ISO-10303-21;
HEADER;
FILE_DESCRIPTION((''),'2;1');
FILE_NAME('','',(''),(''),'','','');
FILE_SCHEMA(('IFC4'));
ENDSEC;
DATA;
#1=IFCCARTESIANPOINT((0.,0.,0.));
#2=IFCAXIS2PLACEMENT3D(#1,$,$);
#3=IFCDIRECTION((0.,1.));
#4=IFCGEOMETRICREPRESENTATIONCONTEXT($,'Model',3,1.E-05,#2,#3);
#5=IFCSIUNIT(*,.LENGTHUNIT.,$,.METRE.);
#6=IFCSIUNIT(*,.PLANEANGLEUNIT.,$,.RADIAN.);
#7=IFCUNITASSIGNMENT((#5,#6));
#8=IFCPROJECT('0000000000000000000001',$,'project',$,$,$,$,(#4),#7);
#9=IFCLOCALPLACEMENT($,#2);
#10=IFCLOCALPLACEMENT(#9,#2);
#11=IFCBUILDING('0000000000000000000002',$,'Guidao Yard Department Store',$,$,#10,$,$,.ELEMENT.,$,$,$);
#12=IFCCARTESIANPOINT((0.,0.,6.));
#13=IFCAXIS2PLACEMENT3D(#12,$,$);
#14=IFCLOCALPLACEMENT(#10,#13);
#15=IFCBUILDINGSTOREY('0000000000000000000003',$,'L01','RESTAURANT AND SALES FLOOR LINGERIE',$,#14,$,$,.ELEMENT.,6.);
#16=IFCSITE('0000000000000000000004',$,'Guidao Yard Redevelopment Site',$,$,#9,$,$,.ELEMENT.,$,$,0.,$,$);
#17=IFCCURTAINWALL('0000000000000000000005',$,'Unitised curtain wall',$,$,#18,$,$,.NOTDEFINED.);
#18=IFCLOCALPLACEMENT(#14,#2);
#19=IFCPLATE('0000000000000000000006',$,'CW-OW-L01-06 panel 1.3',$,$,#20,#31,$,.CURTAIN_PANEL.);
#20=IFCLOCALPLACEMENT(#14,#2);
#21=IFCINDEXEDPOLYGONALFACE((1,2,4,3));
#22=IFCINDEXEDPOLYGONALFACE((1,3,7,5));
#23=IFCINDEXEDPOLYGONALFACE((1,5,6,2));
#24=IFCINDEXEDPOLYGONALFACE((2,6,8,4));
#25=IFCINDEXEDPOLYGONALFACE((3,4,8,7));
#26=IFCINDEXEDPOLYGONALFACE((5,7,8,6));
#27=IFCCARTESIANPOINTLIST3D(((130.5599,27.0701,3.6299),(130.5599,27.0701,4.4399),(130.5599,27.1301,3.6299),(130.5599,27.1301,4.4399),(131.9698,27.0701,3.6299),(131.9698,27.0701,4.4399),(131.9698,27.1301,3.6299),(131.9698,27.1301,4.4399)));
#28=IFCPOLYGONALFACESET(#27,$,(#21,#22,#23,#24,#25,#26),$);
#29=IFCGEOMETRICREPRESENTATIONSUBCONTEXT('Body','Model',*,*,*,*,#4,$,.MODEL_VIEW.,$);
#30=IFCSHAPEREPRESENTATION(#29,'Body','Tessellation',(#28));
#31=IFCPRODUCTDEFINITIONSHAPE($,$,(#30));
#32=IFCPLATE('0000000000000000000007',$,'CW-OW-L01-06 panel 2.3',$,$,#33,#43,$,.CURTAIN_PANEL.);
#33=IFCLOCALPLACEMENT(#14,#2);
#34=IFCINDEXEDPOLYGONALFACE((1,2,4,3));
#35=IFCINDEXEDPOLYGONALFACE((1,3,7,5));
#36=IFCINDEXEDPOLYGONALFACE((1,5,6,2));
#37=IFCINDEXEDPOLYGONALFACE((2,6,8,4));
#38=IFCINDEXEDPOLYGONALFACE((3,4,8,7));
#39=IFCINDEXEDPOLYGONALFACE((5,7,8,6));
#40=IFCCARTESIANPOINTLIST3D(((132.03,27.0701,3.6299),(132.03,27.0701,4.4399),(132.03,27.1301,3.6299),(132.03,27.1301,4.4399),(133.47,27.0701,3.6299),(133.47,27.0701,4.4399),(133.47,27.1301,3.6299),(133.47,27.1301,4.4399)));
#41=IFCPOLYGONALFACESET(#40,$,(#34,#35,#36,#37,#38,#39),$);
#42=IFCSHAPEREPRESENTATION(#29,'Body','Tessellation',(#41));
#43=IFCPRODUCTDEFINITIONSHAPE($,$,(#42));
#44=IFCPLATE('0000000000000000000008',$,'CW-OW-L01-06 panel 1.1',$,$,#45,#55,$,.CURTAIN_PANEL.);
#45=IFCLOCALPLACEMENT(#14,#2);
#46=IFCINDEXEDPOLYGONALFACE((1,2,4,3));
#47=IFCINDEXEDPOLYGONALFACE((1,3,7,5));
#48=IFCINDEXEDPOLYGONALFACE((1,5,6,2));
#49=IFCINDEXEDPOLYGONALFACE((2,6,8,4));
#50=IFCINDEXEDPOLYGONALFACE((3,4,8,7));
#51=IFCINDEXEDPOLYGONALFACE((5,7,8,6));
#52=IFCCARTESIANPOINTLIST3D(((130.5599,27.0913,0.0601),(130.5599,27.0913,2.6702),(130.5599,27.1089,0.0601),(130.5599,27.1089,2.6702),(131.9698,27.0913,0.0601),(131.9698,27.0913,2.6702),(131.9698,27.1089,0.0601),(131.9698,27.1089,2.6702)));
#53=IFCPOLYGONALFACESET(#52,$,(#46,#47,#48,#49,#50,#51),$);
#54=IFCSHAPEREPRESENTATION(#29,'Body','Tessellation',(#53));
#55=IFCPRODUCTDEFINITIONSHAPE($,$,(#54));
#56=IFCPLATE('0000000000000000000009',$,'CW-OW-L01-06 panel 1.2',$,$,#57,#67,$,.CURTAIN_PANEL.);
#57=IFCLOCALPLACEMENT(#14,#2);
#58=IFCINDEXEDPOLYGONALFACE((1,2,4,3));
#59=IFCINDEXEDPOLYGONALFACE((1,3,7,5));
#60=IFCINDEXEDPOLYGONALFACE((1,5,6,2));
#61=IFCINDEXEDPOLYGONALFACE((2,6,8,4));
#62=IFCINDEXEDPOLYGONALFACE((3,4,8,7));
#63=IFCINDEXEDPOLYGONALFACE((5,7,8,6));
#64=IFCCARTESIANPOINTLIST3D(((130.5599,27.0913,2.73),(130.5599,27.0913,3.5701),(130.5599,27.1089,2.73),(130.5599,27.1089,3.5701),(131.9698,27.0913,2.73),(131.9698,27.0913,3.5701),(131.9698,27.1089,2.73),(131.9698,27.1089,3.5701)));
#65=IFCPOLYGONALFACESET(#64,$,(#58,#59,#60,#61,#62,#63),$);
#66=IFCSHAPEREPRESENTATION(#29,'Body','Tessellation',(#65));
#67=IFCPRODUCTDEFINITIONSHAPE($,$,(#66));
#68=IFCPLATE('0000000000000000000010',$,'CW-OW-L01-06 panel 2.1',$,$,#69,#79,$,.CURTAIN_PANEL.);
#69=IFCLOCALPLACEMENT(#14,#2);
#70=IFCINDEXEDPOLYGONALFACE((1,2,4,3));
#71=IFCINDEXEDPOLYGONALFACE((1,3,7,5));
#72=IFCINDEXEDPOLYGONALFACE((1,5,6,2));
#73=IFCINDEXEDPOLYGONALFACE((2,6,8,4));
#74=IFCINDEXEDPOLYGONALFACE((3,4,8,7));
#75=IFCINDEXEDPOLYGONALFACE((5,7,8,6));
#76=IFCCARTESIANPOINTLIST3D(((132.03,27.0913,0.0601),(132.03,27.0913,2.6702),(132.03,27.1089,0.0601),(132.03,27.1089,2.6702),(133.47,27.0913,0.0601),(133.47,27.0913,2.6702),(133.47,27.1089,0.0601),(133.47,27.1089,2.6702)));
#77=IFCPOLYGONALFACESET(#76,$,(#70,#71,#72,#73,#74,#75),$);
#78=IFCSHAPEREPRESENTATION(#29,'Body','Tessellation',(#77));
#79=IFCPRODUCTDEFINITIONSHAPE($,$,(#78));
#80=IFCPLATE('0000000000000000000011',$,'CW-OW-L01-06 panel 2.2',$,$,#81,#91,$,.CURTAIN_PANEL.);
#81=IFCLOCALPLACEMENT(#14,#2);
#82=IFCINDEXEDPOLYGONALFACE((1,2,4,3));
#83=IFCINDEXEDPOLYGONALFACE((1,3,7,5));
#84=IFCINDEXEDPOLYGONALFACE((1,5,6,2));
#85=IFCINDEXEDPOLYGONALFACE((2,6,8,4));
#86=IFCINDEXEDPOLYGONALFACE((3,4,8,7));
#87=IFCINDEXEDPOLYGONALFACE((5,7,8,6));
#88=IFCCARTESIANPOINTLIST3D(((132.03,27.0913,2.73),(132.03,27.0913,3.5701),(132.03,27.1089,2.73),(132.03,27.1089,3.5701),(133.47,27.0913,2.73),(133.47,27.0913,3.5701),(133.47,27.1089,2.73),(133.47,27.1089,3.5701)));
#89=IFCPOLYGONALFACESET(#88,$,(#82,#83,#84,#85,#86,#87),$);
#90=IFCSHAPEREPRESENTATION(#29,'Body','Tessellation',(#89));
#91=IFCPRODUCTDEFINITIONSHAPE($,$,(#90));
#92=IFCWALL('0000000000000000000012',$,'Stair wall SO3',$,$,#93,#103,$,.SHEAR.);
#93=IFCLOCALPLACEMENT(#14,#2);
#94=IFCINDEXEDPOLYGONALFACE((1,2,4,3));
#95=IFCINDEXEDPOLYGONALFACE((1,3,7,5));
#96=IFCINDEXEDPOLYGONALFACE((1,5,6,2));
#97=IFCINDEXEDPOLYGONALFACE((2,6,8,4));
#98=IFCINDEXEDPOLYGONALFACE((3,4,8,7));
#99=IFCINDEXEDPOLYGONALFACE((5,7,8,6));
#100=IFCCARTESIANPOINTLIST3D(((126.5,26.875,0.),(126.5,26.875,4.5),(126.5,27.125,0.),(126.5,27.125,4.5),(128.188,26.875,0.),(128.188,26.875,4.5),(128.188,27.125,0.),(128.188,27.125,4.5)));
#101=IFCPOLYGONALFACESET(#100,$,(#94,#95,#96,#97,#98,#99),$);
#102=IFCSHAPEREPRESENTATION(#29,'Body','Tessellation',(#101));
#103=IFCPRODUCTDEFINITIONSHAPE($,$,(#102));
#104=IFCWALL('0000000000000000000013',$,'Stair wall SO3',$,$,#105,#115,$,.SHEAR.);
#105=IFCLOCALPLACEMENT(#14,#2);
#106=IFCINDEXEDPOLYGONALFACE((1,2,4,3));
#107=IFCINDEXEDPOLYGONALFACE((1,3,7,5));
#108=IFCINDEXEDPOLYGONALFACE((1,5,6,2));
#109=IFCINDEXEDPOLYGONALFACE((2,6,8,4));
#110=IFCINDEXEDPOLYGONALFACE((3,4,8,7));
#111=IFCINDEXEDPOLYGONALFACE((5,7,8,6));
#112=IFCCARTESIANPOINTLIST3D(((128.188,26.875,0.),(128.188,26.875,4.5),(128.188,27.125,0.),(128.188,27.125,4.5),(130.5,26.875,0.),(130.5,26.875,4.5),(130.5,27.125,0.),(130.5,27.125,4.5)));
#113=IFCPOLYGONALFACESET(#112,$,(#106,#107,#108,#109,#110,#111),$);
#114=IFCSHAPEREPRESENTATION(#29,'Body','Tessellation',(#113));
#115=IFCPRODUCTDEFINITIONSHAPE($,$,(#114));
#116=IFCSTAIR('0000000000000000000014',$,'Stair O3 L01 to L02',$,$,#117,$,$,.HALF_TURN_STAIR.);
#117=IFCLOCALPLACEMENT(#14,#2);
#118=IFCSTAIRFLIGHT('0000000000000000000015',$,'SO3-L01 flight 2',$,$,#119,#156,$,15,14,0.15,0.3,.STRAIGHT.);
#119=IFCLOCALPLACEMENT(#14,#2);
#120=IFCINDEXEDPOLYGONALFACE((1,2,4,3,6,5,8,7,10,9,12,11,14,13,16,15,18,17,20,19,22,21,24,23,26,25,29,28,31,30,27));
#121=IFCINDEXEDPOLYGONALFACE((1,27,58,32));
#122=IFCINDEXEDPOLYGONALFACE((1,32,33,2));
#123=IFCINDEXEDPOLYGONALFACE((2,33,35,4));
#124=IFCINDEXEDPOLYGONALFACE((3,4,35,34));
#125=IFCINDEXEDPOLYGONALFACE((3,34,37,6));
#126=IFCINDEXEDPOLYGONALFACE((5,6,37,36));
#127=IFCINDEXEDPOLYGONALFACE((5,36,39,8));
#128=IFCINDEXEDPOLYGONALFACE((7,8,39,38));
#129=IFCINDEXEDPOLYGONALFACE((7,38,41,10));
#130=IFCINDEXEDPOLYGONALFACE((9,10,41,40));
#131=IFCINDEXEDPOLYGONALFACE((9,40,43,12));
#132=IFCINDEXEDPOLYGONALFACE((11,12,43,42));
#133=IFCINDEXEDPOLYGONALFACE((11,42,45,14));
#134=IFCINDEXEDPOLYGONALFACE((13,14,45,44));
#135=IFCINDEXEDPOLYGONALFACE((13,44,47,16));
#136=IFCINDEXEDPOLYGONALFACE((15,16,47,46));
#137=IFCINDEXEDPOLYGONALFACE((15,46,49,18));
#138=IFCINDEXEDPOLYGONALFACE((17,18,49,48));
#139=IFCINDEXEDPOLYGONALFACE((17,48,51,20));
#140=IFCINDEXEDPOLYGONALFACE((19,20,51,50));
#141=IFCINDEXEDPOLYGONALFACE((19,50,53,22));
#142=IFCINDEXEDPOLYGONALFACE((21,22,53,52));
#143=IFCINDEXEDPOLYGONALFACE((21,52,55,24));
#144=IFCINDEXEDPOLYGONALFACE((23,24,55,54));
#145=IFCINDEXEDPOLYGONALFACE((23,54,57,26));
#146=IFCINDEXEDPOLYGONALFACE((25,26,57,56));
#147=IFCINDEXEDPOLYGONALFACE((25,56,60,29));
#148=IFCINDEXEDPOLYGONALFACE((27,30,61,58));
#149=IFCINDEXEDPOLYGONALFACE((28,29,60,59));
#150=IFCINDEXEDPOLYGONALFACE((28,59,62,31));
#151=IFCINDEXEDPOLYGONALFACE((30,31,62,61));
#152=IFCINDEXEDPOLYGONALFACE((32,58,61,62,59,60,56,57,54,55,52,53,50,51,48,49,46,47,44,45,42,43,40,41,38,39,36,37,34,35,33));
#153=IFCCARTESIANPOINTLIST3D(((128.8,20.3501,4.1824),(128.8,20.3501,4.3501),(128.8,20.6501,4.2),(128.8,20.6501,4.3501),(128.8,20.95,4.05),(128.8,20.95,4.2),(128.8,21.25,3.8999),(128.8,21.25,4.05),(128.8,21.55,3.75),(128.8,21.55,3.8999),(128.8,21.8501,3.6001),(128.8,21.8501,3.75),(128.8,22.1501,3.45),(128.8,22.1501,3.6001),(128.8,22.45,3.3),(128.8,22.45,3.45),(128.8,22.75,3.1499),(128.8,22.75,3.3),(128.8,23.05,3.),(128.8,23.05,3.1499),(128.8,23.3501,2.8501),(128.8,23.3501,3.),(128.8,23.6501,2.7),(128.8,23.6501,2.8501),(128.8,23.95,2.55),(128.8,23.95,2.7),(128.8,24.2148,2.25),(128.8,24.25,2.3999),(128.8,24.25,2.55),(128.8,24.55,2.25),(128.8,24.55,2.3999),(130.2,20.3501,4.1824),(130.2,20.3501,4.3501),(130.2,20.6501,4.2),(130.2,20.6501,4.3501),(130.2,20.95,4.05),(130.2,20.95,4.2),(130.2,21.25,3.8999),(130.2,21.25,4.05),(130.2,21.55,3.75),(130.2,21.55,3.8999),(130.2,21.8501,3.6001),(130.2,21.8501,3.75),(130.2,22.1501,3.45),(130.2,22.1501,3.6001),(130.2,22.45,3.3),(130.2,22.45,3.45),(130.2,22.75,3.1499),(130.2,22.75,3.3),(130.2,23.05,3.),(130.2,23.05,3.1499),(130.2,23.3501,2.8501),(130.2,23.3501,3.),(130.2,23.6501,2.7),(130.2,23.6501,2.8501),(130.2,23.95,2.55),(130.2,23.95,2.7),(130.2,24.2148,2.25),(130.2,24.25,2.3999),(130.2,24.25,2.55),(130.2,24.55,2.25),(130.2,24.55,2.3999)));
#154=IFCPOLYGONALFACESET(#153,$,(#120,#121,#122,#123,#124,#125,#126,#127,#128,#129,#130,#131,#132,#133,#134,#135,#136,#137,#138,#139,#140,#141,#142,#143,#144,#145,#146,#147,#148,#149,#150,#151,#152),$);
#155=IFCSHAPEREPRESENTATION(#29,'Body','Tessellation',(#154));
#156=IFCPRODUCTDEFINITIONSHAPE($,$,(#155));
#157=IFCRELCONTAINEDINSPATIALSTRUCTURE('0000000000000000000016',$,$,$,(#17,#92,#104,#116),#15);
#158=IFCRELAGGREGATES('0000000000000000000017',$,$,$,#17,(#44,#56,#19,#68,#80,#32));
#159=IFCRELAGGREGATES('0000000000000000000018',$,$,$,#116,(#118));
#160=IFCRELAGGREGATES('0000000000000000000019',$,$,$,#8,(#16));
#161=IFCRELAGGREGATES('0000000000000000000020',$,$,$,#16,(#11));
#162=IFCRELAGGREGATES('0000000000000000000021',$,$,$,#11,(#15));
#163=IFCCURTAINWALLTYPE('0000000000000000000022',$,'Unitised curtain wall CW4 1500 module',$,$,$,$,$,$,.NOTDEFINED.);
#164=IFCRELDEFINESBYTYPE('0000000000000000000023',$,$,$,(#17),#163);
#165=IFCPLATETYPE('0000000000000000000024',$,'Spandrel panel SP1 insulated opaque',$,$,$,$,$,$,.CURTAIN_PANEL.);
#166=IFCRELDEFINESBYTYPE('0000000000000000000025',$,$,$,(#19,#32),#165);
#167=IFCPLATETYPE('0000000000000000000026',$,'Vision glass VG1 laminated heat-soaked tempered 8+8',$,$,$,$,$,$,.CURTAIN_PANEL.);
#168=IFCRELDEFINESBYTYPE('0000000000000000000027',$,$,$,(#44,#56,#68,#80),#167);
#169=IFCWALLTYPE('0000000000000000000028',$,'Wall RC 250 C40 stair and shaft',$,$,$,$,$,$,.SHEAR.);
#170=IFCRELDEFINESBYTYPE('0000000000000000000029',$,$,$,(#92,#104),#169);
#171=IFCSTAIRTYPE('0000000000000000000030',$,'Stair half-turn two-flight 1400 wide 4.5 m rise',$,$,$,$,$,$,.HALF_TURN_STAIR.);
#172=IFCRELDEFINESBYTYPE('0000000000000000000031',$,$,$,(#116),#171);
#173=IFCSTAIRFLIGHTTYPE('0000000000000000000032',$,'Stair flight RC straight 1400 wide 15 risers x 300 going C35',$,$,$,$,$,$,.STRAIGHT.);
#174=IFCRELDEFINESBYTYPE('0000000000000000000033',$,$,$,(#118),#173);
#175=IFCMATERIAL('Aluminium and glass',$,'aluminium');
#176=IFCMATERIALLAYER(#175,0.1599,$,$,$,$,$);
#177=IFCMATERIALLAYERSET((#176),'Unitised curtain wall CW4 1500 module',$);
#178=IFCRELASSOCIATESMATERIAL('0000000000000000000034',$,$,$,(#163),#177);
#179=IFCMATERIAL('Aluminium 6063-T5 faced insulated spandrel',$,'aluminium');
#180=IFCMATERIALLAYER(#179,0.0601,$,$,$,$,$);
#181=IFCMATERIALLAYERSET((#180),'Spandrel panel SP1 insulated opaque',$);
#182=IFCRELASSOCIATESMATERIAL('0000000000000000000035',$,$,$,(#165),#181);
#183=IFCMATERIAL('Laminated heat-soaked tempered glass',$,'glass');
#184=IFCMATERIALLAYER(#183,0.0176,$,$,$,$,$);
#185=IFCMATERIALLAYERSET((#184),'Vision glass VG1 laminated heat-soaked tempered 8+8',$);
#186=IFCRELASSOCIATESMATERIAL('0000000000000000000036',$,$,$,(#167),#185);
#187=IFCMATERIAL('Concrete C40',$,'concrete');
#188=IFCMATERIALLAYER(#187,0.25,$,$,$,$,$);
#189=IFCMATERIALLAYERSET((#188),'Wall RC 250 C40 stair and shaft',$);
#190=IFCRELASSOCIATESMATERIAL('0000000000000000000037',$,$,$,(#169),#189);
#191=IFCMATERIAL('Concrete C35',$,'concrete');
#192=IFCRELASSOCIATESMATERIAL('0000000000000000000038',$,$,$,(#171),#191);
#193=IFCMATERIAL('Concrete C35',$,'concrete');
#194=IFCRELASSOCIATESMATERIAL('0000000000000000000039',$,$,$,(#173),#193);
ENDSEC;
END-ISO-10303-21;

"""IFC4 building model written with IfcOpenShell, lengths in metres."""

from ifc_helpers import new_model, si_unit, direction, frame, frame_2d, origin, origin_2d, place, context, subcontext, project, spatial, polyline, rectangle, outline, extrude, material, layer, layer_set, type_object, element, aggregate, save


model = new_model("IFC4")

# Units and contexts
model_context = context("Model", 3, precision=1e-05, world=origin(), true_north=direction((0.0, 1.0)))
body_context = subcontext(model_context, "Body", "Model", "MODEL_VIEW")
ifc_project = project(units=[si_unit("LENGTHUNIT", "METRE"), si_unit("PLANEANGLEUNIT", "RADIAN")], contexts=[model_context])

# Site, building, storey
site_placement = place(None, origin())
site = spatial("IfcSite", under=ifc_project, at=site_placement, Name="Guidao Yard Redevelopment Site", CompositionType="ELEMENT", RefElevation=0.0)
building_placement = place(site_placement, origin())
building = spatial("IfcBuilding", under=site, at=building_placement, Name="Guidao Yard Department Store", CompositionType="ELEMENT")
storey_placement = place(building_placement, frame((0.0, 0.0, 6.0)))
storey = spatial("IfcBuildingStorey", under=building, at=storey_placement, Name="L01", Description="RESTAURANT AND SALES FLOOR LINGERIE", CompositionType="ELEMENT", Elevation=6.0)

# Curtain wall, plates
ifc_material_1 = material(Name="Aluminium and glass", Category="aluminium")
ifc_layer_1 = layer(ifc_material_1, 0.1599)
ifc_layer_set_1 = layer_set([ifc_layer_1], Name="Unitised curtain wall CW4 1500 module")
curtain_wall_type = type_object("IfcCurtainWallType", Name="Unitised curtain wall CW4 1500 module", PredefinedType="NOTDEFINED", material=ifc_layer_set_1)
curtain_wall_placement = place(storey_placement, origin())
curtain_wall = element("IfcCurtainWall", 1, at=curtain_wall_placement, inside=storey, type_object=curtain_wall_type, Name="Unitised curtain wall", PredefinedType="NOTDEFINED")
ifc_material_2 = material(Name="Aluminium 6063-T5 faced insulated spandrel", Category="aluminium")
ifc_layer_2 = layer(ifc_material_2, 0.0601)
ifc_layer_set_2 = layer_set([ifc_layer_2], Name="Spandrel panel SP1 insulated opaque")
plate_type_1 = type_object("IfcPlateType", Name="Spandrel panel SP1 insulated opaque", PredefinedType="CURTAIN_PANEL", material=ifc_layer_set_2)
plate_1_placement = place(storey_placement, frame((131.2649, 27.1001, 3.6299), z_axis=(0.0, 0.0, 1.0), x_axis=(1.0, 0.0, 0.0)))
plate_1 = element("IfcPlate", 2, at=plate_1_placement, type_object=plate_type_1, Name="CW-OW-L01-06 panel 1.3", PredefinedType="CURTAIN_PANEL", context=body_context, shape_type="SweptSolid", body=[
    extrude(rectangle(XDim=1.4099, YDim=0.0601, at=origin_2d()), origin(), (0.0, 0.0, 1.0), 0.8101),
])
plate_2_placement = place(storey_placement, frame((132.75, 27.1001, 3.6299), z_axis=(0.0, 0.0, 1.0), x_axis=(1.0, 0.0, 0.0)))
plate_2 = element("IfcPlate", 3, at=plate_2_placement, type_object=plate_type_1, Name="CW-OW-L01-06 panel 2.3", PredefinedType="CURTAIN_PANEL", context=body_context, shape_type="SweptSolid", body=[
    extrude(rectangle(XDim=1.4399, YDim=0.0601, at=origin_2d()), origin(), (0.0, 0.0, 1.0), 0.8101),
])
ifc_material_3 = material(Name="Laminated heat-soaked tempered glass", Category="glass")
ifc_layer_3 = layer(ifc_material_3, 0.0176)
ifc_layer_set_3 = layer_set([ifc_layer_3], Name="Vision glass VG1 laminated heat-soaked tempered 8+8")
plate_type_2 = type_object("IfcPlateType", Name="Vision glass VG1 laminated heat-soaked tempered 8+8", PredefinedType="CURTAIN_PANEL", material=ifc_layer_set_3)
plate_3_placement = place(storey_placement, frame((131.2649, 27.1001, 0.0601), z_axis=(0.0, 0.0, 1.0), x_axis=(1.0, 0.0, 0.0)))
plate_3 = element("IfcPlate", 4, at=plate_3_placement, type_object=plate_type_2, Name="CW-OW-L01-06 panel 1.1", PredefinedType="CURTAIN_PANEL", context=body_context, shape_type="SweptSolid", body=[
    extrude(rectangle(XDim=1.4099, YDim=0.0176, at=origin_2d()), origin(), (0.0, 0.0, 1.0), 2.6101),
])
plate_4_placement = place(storey_placement, frame((131.2649, 27.1001, 2.73), z_axis=(0.0, 0.0, 1.0), x_axis=(1.0, 0.0, 0.0)))
plate_4 = element("IfcPlate", 5, at=plate_4_placement, type_object=plate_type_2, Name="CW-OW-L01-06 panel 1.2", PredefinedType="CURTAIN_PANEL", context=body_context, shape_type="SweptSolid", body=[
    extrude(rectangle(XDim=1.4099, YDim=0.0176, at=origin_2d()), origin(), (0.0, 0.0, 1.0), 0.8401),
])
plate_5_placement = place(storey_placement, frame((132.75, 27.1001, 0.0601), z_axis=(0.0, 0.0, 1.0), x_axis=(1.0, 0.0, 0.0)))
plate_5 = element("IfcPlate", 6, at=plate_5_placement, type_object=plate_type_2, Name="CW-OW-L01-06 panel 2.1", PredefinedType="CURTAIN_PANEL", context=body_context, shape_type="SweptSolid", body=[
    extrude(rectangle(XDim=1.4399, YDim=0.0176, at=origin_2d()), origin(), (0.0, 0.0, 1.0), 2.6101),
])
plate_6_placement = place(storey_placement, frame((132.75, 27.1001, 2.73), z_axis=(0.0, 0.0, 1.0), x_axis=(1.0, 0.0, 0.0)))
plate_6 = element("IfcPlate", 7, at=plate_6_placement, type_object=plate_type_2, Name="CW-OW-L01-06 panel 2.2", PredefinedType="CURTAIN_PANEL", context=body_context, shape_type="SweptSolid", body=[
    extrude(rectangle(XDim=1.4399, YDim=0.0176, at=origin_2d()), origin(), (0.0, 0.0, 1.0), 0.8401),
])
aggregate(curtain_wall, [plate_3, plate_4, plate_1, plate_5, plate_6, plate_2])

# Walls
ifc_material_4 = material(Name="Concrete C40", Category="concrete")
ifc_layer_4 = layer(ifc_material_4, 0.25)
ifc_layer_set_4 = layer_set([ifc_layer_4], Name="Wall RC 250 C40 stair and shaft")
wall_type = type_object("IfcWallType", Name="Wall RC 250 C40 stair and shaft", PredefinedType="SHEAR", material=ifc_layer_set_4)
wall_1_placement = place(storey_placement, frame((126.5, 27.0, 0.0), z_axis=(0.0, 0.0, 1.0), x_axis=(1.0, 0.0, 0.0)))
element("IfcWall", 8, at=wall_1_placement, inside=storey, type_object=wall_type, Name="Stair wall SO3", PredefinedType="SHEAR", context=body_context, shape_type="SweptSolid", body=[
    extrude(rectangle(XDim=1.688, YDim=0.25, at=frame_2d((0.844, 0.0))), origin(), (0.0, 0.0, 1.0), 4.5),
])
wall_2_placement = place(storey_placement, frame((128.188, 27.0, 0.0), z_axis=(0.0, 0.0, 1.0), x_axis=(1.0, 0.0, 0.0)))
element("IfcWall", 9, at=wall_2_placement, inside=storey, type_object=wall_type, Name="Stair wall SO3", PredefinedType="SHEAR", context=body_context, shape_type="SweptSolid", body=[
    extrude(rectangle(XDim=2.312, YDim=0.25, at=frame_2d((1.156, 0.0))), origin(), (0.0, 0.0, 1.0), 4.5),
])

# Stair, stair flight
ifc_material_5 = material(Name="Concrete C35", Category="concrete")
stair_type = type_object("IfcStairType", Name="Stair half-turn two-flight 1400 wide 4.5 m rise", PredefinedType="HALF_TURN_STAIR", material=ifc_material_5)
stair_placement = place(storey_placement, origin())
stair = element("IfcStair", 10, at=stair_placement, inside=storey, type_object=stair_type, Name="Stair O3 L01 to L02", PredefinedType="HALF_TURN_STAIR")
ifc_material_6 = material(Name="Concrete C35", Category="concrete")
stair_flight_type = type_object("IfcStairFlightType", Name="Stair flight RC straight 1400 wide 15 risers x 300 going C35", PredefinedType="STRAIGHT", material=ifc_material_6)
stair_flight_placement = place(storey_placement, frame((129.5, 24.55, 2.25), z_axis=(0.0, 0.0, 1.0), x_axis=(0.0, -1.0, 0.0)))
stair_flight = element("IfcStairFlight", 11, at=stair_flight_placement, type_object=stair_flight_type, Name="SO3-L01 flight 2", NumberOfRisers=15, NumberOfTreads=14, PredefinedType="STRAIGHT", RiserHeight=0.15, TreadLength=0.3, context=body_context, shape_type="SweptSolid", body=[
    extrude(outline(polyline([(0.0, 0.0), (0.0, 0.1499), (0.3, 0.1499), (0.3, 0.3), (0.6001, 0.3), (0.6001, 0.45), (0.8999, 0.45), (0.8999, 0.6001), (1.2, 0.6001), (1.2, 0.75), (1.5, 0.75), (1.5, 0.8999), (1.8, 0.8999), (1.8, 1.05), (2.1001, 1.05), (2.1001, 1.2), (2.3999, 1.2), (2.3999, 1.3501), (2.7, 1.3501), (2.7, 1.5), (3.0, 1.5), (3.0, 1.6499), (3.3, 1.6499), (3.3, 1.8), (3.6001, 1.8), (3.6001, 1.95), (3.8999, 1.95), (3.8999, 2.1001), (4.2, 2.1001), (4.2, 2.25), (4.2, 1.9324), (0.3352, 0.0), (0.0, 0.0)])), frame((0.0, 0.7, 0.0), z_axis=(0.0, -1.0, 0.0), x_axis=(1.0, 0.0, 0.0)), (0.0, 0.0, 1.0), 1.3999),
])
aggregate(stair, [stair_flight])

save(model, "model.ifc")
